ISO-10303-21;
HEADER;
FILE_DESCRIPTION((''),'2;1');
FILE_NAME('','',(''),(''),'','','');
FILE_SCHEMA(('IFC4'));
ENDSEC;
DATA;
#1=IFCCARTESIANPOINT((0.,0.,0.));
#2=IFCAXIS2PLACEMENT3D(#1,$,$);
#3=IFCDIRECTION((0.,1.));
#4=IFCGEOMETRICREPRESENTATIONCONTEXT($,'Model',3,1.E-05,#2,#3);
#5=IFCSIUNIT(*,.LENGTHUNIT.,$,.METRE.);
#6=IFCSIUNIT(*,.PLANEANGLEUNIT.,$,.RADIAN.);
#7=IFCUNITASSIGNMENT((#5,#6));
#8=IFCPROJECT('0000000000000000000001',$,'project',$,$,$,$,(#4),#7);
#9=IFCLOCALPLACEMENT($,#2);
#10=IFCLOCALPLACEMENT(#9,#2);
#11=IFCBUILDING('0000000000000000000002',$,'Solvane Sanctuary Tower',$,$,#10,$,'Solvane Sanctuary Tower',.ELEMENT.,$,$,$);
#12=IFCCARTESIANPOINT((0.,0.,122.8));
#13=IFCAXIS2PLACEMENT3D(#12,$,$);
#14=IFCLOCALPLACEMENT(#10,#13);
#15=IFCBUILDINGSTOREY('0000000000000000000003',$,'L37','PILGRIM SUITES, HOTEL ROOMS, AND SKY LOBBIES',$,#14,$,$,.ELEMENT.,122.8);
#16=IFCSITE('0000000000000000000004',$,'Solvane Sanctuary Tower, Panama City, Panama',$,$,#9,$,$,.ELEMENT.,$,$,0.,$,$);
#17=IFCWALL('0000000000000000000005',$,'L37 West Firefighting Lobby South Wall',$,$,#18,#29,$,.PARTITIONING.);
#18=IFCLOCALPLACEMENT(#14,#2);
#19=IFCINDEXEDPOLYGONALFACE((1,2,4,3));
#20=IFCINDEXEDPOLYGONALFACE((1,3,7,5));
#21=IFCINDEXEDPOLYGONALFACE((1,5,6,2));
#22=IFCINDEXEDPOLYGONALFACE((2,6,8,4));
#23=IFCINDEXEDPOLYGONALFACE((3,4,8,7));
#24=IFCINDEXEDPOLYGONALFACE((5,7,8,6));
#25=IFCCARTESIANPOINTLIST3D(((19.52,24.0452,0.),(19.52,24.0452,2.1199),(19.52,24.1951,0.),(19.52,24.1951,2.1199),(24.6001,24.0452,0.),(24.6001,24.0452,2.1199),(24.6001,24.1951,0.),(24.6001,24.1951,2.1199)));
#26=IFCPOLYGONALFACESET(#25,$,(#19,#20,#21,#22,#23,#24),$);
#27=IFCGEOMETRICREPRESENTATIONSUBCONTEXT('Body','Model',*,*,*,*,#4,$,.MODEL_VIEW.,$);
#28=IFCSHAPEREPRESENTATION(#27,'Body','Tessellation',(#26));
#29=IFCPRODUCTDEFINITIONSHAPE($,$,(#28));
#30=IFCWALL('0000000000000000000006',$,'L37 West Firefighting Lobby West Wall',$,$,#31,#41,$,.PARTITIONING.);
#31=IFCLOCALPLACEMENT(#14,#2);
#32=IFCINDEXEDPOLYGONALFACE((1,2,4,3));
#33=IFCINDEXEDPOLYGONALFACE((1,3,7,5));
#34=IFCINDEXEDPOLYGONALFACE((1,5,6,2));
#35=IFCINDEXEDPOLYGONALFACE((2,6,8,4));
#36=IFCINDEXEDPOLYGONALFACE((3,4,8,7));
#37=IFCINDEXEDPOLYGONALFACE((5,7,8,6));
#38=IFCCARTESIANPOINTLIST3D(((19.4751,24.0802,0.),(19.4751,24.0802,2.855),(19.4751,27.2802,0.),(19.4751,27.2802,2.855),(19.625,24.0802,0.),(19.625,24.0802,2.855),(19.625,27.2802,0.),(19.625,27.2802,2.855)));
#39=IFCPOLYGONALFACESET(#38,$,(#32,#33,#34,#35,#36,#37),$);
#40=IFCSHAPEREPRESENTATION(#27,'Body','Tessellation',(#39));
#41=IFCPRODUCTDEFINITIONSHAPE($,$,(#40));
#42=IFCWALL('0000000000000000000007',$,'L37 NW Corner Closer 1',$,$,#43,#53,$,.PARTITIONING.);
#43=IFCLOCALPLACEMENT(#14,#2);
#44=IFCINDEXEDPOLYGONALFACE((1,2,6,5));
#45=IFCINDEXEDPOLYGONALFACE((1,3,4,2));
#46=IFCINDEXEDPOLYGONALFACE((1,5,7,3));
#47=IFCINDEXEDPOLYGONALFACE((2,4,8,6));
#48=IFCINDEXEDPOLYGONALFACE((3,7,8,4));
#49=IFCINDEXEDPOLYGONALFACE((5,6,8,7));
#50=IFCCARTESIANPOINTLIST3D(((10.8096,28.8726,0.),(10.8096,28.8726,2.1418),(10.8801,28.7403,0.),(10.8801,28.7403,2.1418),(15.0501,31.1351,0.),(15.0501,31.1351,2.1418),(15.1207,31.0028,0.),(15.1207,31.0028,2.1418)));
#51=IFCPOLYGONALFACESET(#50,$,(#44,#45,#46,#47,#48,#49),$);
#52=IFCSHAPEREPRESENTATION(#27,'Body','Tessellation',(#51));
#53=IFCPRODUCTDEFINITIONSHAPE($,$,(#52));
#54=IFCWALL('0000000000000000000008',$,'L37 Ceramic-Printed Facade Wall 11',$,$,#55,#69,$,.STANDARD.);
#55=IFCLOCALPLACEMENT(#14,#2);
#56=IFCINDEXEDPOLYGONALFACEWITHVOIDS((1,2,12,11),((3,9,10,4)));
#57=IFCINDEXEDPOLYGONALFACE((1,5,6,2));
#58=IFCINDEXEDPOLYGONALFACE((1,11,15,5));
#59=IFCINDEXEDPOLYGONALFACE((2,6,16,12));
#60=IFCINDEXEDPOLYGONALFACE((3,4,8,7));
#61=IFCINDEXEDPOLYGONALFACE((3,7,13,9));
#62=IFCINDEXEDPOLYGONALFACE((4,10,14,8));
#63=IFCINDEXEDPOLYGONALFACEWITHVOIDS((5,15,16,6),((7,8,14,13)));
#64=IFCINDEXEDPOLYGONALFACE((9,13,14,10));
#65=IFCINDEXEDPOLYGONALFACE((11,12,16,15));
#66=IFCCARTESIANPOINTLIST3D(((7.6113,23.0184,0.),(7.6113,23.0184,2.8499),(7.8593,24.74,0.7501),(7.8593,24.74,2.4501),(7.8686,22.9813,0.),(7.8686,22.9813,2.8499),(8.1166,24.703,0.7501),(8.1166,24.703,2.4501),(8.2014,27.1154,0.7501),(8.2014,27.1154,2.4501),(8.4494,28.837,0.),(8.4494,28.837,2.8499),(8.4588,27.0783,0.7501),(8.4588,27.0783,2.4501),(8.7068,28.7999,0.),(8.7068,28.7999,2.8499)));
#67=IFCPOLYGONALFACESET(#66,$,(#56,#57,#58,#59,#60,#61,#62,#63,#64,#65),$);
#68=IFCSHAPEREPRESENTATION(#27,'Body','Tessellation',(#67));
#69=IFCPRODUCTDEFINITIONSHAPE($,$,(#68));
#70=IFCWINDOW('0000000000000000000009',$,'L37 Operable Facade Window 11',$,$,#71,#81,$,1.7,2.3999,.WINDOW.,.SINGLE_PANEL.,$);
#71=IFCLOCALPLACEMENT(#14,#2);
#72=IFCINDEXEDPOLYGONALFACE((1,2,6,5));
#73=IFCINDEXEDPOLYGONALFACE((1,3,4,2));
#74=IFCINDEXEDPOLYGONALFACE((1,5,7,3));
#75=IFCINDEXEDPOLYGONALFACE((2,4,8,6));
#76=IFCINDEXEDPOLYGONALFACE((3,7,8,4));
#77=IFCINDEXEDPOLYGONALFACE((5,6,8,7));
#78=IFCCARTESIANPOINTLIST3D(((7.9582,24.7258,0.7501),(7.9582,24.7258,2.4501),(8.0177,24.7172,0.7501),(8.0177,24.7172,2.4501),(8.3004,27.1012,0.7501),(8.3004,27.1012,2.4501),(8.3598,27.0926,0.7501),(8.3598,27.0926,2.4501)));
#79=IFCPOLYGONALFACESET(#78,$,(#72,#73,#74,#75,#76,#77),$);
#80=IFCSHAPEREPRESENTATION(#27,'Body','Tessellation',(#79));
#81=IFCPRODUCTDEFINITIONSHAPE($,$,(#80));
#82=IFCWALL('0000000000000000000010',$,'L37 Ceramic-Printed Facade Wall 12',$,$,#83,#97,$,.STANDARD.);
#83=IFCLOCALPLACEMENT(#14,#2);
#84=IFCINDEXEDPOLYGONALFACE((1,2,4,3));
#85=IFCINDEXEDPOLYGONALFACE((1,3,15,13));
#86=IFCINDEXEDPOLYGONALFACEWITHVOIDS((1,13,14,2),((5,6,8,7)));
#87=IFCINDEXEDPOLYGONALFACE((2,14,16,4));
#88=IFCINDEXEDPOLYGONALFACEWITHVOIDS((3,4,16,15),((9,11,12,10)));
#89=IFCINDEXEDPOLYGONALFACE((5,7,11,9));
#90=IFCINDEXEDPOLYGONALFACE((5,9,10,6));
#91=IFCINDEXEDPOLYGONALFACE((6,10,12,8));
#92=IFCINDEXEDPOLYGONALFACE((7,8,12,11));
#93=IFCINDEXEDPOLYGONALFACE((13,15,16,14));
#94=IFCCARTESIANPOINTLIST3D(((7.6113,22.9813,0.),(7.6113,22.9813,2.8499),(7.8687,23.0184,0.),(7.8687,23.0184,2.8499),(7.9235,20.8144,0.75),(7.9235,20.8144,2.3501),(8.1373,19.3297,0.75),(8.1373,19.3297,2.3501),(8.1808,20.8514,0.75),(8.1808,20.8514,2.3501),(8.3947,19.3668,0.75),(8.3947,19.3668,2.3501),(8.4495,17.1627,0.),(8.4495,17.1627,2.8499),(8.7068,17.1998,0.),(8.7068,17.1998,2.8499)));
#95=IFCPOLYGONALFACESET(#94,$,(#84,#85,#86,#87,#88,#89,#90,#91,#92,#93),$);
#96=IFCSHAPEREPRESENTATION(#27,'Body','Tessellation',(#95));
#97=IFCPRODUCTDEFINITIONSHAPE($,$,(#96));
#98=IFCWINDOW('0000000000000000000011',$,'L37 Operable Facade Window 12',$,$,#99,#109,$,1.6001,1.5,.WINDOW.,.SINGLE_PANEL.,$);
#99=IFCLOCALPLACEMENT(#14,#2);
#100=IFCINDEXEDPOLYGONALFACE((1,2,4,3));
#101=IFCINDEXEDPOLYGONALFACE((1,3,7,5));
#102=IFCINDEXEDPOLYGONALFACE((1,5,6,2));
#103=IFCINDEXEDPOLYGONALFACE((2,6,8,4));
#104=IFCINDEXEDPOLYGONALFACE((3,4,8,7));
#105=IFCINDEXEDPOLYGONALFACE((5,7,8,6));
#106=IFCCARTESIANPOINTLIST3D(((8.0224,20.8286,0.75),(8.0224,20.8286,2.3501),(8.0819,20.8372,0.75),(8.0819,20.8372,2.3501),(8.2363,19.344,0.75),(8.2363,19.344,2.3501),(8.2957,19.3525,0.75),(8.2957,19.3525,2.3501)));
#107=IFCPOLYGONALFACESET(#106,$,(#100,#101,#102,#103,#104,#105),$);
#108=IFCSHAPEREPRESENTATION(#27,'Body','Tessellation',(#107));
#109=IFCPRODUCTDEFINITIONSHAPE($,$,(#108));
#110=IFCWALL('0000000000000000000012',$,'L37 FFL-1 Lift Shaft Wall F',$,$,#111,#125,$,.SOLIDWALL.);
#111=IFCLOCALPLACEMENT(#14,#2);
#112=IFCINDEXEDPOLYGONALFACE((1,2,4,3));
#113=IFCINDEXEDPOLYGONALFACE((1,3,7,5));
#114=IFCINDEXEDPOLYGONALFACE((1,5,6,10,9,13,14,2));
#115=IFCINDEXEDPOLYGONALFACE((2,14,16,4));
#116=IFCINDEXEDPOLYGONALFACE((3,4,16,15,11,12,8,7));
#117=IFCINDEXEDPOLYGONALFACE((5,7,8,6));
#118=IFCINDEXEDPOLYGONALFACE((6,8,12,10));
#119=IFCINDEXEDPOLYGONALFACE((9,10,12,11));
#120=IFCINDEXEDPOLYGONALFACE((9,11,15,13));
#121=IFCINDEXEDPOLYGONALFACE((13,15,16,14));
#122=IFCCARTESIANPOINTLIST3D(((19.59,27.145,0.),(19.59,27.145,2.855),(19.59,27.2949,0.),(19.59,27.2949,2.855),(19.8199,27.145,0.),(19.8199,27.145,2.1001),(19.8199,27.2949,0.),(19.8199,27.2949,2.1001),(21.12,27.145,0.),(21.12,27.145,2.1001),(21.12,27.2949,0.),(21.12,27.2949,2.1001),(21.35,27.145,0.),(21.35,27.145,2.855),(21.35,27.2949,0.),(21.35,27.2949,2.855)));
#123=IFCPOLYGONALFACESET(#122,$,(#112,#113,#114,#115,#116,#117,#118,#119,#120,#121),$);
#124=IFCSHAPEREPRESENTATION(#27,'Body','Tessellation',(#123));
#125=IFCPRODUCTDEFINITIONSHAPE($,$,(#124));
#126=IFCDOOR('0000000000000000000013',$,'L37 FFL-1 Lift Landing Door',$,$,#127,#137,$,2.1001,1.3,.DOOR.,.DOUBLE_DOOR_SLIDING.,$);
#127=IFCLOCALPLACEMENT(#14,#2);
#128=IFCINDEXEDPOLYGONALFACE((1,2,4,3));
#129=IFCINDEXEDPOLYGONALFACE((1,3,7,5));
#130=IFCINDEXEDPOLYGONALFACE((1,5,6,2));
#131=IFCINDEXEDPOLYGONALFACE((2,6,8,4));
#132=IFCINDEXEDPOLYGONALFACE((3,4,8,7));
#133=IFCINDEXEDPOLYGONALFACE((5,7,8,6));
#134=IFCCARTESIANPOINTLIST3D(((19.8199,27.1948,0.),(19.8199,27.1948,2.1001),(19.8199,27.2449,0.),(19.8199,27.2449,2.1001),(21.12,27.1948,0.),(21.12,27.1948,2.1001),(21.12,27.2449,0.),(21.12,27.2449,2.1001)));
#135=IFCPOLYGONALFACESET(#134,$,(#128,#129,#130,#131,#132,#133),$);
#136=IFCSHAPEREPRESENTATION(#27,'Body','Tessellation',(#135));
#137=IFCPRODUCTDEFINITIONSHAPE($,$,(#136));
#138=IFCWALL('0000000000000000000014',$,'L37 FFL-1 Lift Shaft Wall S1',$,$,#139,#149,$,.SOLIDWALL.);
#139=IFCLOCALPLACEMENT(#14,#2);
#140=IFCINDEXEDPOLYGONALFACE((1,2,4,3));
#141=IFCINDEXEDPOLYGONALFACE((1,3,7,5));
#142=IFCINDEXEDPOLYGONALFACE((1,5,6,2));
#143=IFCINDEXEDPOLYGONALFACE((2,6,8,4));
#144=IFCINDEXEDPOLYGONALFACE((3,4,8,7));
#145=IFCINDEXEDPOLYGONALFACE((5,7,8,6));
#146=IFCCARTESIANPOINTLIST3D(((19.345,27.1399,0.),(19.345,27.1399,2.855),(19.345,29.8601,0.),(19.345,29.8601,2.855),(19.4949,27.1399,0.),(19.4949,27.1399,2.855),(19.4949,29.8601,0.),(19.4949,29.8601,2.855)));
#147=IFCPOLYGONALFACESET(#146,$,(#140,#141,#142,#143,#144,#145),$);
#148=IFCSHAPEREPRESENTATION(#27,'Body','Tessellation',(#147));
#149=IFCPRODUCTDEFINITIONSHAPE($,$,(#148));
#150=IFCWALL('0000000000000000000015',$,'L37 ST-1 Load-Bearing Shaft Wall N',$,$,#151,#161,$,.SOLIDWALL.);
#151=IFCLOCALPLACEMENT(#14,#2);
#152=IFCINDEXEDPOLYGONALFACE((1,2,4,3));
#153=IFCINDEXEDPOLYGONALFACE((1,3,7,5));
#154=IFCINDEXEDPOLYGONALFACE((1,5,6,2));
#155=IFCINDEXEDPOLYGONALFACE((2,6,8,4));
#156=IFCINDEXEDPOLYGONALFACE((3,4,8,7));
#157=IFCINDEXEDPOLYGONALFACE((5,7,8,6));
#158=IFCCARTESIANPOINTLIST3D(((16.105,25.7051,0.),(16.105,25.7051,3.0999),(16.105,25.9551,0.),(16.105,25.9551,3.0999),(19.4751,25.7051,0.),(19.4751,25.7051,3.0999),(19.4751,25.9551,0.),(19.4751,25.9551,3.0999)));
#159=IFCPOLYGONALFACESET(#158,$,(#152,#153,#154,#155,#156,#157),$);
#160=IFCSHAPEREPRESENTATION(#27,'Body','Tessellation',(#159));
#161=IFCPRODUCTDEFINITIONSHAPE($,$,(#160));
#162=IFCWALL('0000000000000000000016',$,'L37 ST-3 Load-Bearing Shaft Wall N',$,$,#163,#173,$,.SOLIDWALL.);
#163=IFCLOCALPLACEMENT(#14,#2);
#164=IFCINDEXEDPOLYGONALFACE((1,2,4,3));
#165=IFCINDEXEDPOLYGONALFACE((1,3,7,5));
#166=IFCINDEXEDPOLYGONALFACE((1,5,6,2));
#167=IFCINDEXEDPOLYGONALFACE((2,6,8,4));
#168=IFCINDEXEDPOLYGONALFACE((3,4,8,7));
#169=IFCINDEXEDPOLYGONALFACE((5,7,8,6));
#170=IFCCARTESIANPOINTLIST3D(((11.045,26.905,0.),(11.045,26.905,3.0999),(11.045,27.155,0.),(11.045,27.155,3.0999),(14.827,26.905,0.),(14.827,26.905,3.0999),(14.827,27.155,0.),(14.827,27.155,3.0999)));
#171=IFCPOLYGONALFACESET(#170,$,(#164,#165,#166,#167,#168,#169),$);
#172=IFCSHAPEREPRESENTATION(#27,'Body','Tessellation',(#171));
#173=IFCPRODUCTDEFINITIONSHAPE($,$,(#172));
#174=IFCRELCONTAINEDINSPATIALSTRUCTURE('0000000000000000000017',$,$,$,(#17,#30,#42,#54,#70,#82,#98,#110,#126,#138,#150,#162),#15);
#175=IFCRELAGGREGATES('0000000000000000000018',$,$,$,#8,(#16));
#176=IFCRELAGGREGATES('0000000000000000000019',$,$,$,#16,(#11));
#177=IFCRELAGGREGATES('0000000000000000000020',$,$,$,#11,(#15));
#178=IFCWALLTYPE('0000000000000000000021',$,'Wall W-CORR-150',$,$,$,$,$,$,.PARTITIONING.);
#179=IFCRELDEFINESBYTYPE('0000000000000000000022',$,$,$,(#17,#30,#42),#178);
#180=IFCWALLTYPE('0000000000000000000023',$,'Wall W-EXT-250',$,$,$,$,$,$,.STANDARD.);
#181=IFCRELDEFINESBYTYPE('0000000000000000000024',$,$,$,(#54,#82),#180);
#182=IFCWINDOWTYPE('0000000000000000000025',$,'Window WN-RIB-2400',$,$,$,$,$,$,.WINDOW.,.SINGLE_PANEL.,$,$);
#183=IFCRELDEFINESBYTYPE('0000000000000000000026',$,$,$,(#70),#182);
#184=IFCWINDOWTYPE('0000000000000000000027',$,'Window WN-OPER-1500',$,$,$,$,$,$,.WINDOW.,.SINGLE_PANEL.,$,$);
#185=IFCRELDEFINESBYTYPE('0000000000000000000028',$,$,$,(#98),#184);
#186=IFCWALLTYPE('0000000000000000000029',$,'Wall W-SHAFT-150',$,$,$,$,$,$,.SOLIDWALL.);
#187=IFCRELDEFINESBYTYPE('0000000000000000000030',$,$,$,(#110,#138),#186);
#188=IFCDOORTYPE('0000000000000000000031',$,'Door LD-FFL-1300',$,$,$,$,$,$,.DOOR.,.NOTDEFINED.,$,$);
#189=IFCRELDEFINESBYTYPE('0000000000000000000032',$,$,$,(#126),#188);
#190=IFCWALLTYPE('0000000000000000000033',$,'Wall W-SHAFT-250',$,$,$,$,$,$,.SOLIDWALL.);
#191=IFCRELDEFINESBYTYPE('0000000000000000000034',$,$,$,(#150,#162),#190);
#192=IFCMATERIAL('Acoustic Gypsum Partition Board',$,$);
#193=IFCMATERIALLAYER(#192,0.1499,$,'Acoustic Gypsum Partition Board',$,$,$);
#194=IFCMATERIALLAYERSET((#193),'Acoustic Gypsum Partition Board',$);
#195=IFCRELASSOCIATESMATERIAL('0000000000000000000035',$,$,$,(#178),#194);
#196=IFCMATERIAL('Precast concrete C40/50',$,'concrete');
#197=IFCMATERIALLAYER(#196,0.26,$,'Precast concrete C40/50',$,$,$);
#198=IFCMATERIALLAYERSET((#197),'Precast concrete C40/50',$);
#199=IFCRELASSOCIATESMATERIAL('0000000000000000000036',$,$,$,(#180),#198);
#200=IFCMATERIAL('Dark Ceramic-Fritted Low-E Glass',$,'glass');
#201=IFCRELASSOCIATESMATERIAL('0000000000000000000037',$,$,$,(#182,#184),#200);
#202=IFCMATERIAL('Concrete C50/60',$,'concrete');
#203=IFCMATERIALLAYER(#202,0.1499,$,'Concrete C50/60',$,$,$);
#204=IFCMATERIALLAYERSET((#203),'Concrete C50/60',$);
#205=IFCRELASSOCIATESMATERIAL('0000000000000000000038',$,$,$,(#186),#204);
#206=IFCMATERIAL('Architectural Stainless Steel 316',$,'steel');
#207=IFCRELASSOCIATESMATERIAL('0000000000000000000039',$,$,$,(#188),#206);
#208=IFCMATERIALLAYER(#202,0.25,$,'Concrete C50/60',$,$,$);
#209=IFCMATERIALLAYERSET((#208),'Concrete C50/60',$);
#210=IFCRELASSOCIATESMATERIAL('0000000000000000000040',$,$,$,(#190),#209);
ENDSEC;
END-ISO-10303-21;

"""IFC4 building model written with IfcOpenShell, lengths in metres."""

from ifc_helpers import new_model, si_unit, direction, frame, frame_2d, origin, place, context, subcontext, project, spatial, rectangle, extrude, material, layer, layer_set, type_object, element, fill, save


model = new_model("IFC4")

# Units and contexts
model_context = context("Model", 3, precision=1e-05, world=origin(), true_north=direction((0.0, 1.0)))
body_context = subcontext(model_context, "Body", "Model", "MODEL_VIEW")
ifc_project = project(units=[si_unit("LENGTHUNIT", "METRE"), si_unit("PLANEANGLEUNIT", "RADIAN")], contexts=[model_context])

# Site, building, storey
site_placement = place(None, origin())
site = spatial("IfcSite", under=ifc_project, at=site_placement, Name="Solvane Sanctuary Tower, Panama City, Panama", CompositionType="ELEMENT", RefElevation=0.0)
building_placement = place(site_placement, origin())
building = spatial("IfcBuilding", under=site, at=building_placement, Name="Solvane Sanctuary Tower", LongName="Solvane Sanctuary Tower", CompositionType="ELEMENT")
storey_placement = place(building_placement, frame((0.0, 0.0, 122.8)))
storey = spatial("IfcBuildingStorey", under=building, at=storey_placement, Name="L37", Description="PILGRIM SUITES, HOTEL ROOMS, AND SKY LOBBIES", CompositionType="ELEMENT", Elevation=122.8)

# Walls
ifc_material_1 = material(Name="Acoustic Gypsum Partition Board")
ifc_layer_1 = layer(ifc_material_1, 0.1499, Name="Acoustic Gypsum Partition Board")
ifc_layer_set_1 = layer_set([ifc_layer_1], Name="Acoustic Gypsum Partition Board")
wall_type_1 = type_object("IfcWallType", Name="Wall W-CORR-150", PredefinedType="PARTITIONING", material=ifc_layer_set_1)
wall_1_placement = place(storey_placement, frame((19.52, 24.1201, 0.0), z_axis=(0.0, 0.0, 1.0), x_axis=(1.0, 0.0, 0.0)))
element("IfcWall", 1, at=wall_1_placement, inside=storey, type_object=wall_type_1, Name="L37 West Firefighting Lobby South Wall", PredefinedType="PARTITIONING", context=body_context, shape_type="SweptSolid", body=[
    extrude(rectangle(XDim=5.0801, YDim=0.1499, at=frame_2d((2.54, 0.0))), origin(), (0.0, 0.0, 1.0), 2.1199),
])
wall_2_placement = place(storey_placement, frame((19.55, 24.0801, 0.0), z_axis=(0.0, 0.0, 1.0), x_axis=(0.0, 1.0, 0.0)))
element("IfcWall", 2, at=wall_2_placement, inside=storey, type_object=wall_type_1, Name="L37 West Firefighting Lobby West Wall", PredefinedType="PARTITIONING", context=body_context, shape_type="SweptSolid", body=[
    extrude(rectangle(XDim=3.2, YDim=0.1499, at=frame_2d((1.6001, 0.0))), origin(), (0.0, 0.0, 1.0), 2.855),
])
wall_3_placement = place(storey_placement, frame((10.8447, 28.8064, 0.0), z_axis=(0.0, 0.0, 1.0), x_axis=(0.882278, 0.470728, 0.0)))
element("IfcWall", 3, at=wall_3_placement, inside=storey, type_object=wall_type_1, Name="L37 NW Corner Closer 1", PredefinedType="PARTITIONING", context=body_context, shape_type="SweptSolid", body=[
    extrude(rectangle(XDim=4.8064, YDim=0.1499, at=frame_2d((2.4033, 0.0))), origin(), (0.0, 0.0, 1.0), 2.1418),
])

# Walls, openings, windows
ifc_material_2 = material(Name="Precast concrete C40/50", Category="concrete")
ifc_layer_2 = layer(ifc_material_2, 0.26, Name="Precast concrete C40/50")
ifc_layer_set_2 = layer_set([ifc_layer_2], Name="Precast concrete C40/50")
wall_type_2 = type_object("IfcWallType", Name="Wall W-EXT-250", PredefinedType="STANDARD", material=ifc_layer_set_2)
wall_4_placement = place(storey_placement, frame((8.5781, 28.8186, 0.0), z_axis=(0.0, 0.0, 1.0), x_axis=(-0.142572, -0.989784, 0.0)))
wall_4 = element("IfcWall", 4, at=wall_4_placement, inside=storey, type_object=wall_type_2, Name="L37 Ceramic-Printed Facade Wall 11", PredefinedType="STANDARD", context=body_context, shape_type="SweptSolid", body=[
    extrude(rectangle(XDim=5.8787, YDim=0.26, at=frame_2d((2.9395, 0.0))), origin(), (0.0, 0.0, 1.0), 2.8499),
])
opening_1_placement = place(wall_4_placement, frame((1.7395, 0.0, 0.75)))
opening_1 = element("IfcOpeningElement", 5, at=opening_1_placement, cuts=wall_4, PredefinedType="OPENING", context=body_context, shape_type="SweptSolid", body=[
    extrude(rectangle(XDim=2.3999, YDim=1.7, at=frame_2d((1.2, 0.8501))), frame((0.0, 0.1399, 0.0), z_axis=(0.0, -1.0, 0.0), x_axis=(1.0, 0.0, 0.0)), (0.0, 0.0, 1.0), 0.28),
])
ifc_material_3 = material(Name="Dark Ceramic-Fritted Low-E Glass", Category="glass")
window_type_1 = type_object("IfcWindowType", Name="Window WN-RIB-2400", PartitioningType="SINGLE_PANEL", PredefinedType="WINDOW", material=ifc_material_3)
window_1_placement = place(opening_1_placement, origin())
window_1 = element("IfcWindow", 6, at=window_1_placement, inside=storey, type_object=window_type_1, Name="L37 Operable Facade Window 11", OverallHeight=1.7, OverallWidth=2.3999, PartitioningType="SINGLE_PANEL", PredefinedType="WINDOW", context=body_context, shape_type="SweptSolid", body=[
    extrude(rectangle(XDim=2.3999, YDim=1.7, at=frame_2d((1.2, 0.8501))), frame((0.0, 0.03, 0.0), z_axis=(0.0, -1.0, 0.0), x_axis=(1.0, 0.0, 0.0)), (0.0, 0.0, 1.0), 0.0601),
])
fill(opening_1, window_1)
wall_5_placement = place(storey_placement, frame((7.74, 23.0, 0.0), z_axis=(0.0, 0.0, 1.0), x_axis=(0.142572, -0.989784, 0.0)))
wall_5 = element("IfcWall", 7, at=wall_5_placement, inside=storey, type_object=wall_type_2, Name="L37 Ceramic-Printed Facade Wall 12", PredefinedType="STANDARD", context=body_context, shape_type="SweptSolid", body=[
    extrude(rectangle(XDim=5.8787, YDim=0.26, at=frame_2d((2.9395, 0.0))), origin(), (0.0, 0.0, 1.0), 2.8499),
])
opening_2_placement = place(wall_5_placement, frame((2.1895, 0.0, 0.75)))
opening_2 = element("IfcOpeningElement", 8, at=opening_2_placement, cuts=wall_5, PredefinedType="OPENING", context=body_context, shape_type="SweptSolid", body=[
    extrude(rectangle(XDim=1.5, YDim=1.6001, at=frame_2d((0.75, 0.8))), frame((0.0, 0.1399, 0.0), z_axis=(0.0, -1.0, 0.0), x_axis=(1.0, 0.0, 0.0)), (0.0, 0.0, 1.0), 0.28),
])
window_type_2 = type_object("IfcWindowType", Name="Window WN-OPER-1500", PartitioningType="SINGLE_PANEL", PredefinedType="WINDOW", material=ifc_material_3)
window_2_placement = place(opening_2_placement, origin())
window_2 = element("IfcWindow", 9, at=window_2_placement, inside=storey, type_object=window_type_2, Name="L37 Operable Facade Window 12", OverallHeight=1.6001, OverallWidth=1.5, PartitioningType="SINGLE_PANEL", PredefinedType="WINDOW", context=body_context, shape_type="SweptSolid", body=[
    extrude(rectangle(XDim=1.5, YDim=1.6001, at=frame_2d((0.75, 0.8))), frame((0.0, 0.03, 0.0), z_axis=(0.0, -1.0, 0.0), x_axis=(1.0, 0.0, 0.0)), (0.0, 0.0, 1.0), 0.0601),
])
fill(opening_2, window_2)

# Wall, opening, door
ifc_material_4 = material(Name="Concrete C50/60", Category="concrete")
ifc_layer_3 = layer(ifc_material_4, 0.1499, Name="Concrete C50/60")
ifc_layer_set_3 = layer_set([ifc_layer_3], Name="Concrete C50/60")
wall_type_3 = type_object("IfcWallType", Name="Wall W-SHAFT-150", PredefinedType="SOLIDWALL", material=ifc_layer_set_3)
wall_6_placement = place(storey_placement, frame((19.5901, 27.22, 0.0), z_axis=(0.0, 0.0, 1.0), x_axis=(1.0, 0.0, 0.0)))
wall_6 = element("IfcWall", 10, at=wall_6_placement, inside=storey, type_object=wall_type_3, Name="L37 FFL-1 Lift Shaft Wall F", PredefinedType="SOLIDWALL", context=body_context, shape_type="SweptSolid", body=[
    extrude(rectangle(XDim=1.76, YDim=0.1499, at=frame_2d((0.8799, 0.0))), origin(), (0.0, 0.0, 1.0), 2.855),
])
opening_3_placement = place(wall_6_placement, frame((0.23, 0.0, 0.0)))
opening_3 = element("IfcOpeningElement", 11, at=opening_3_placement, cuts=wall_6, PredefinedType="OPENING", context=body_context, shape_type="SweptSolid", body=[
    extrude(rectangle(XDim=1.3, YDim=2.1001, at=frame_2d((0.6499, 1.05))), frame((0.0, 0.085, 0.0), z_axis=(0.0, -1.0, 0.0), x_axis=(1.0, 0.0, 0.0)), (0.0, 0.0, 1.0), 0.1699),
])
ifc_material_5 = material(Name="Architectural Stainless Steel 316", Category="steel")
door_type = type_object("IfcDoorType", Name="Door LD-FFL-1300", OperationType="NOTDEFINED", PredefinedType="DOOR", material=ifc_material_5)
door_placement = place(opening_3_placement, origin())
door = element("IfcDoor", 12, at=door_placement, inside=storey, type_object=door_type, Name="L37 FFL-1 Lift Landing Door", OperationType="DOUBLE_DOOR_SLIDING", OverallHeight=2.1001, OverallWidth=1.3, PredefinedType="DOOR", context=body_context, shape_type="SweptSolid", body=[
    extrude(rectangle(XDim=1.3, YDim=2.1001, at=frame_2d((0.6499, 1.05))), frame((0.0, 0.0249, 0.0), z_axis=(0.0, -1.0, 0.0), x_axis=(1.0, 0.0, 0.0)), (0.0, 0.0, 1.0), 0.05),
])
fill(opening_3, door)

# Walls
wall_7_placement = place(storey_placement, frame((19.4199, 27.1399, 0.0), z_axis=(0.0, 0.0, 1.0), x_axis=(0.0, 1.0, 0.0)))
element("IfcWall", 13, at=wall_7_placement, inside=storey, type_object=wall_type_3, Name="L37 FFL-1 Lift Shaft Wall S1", PredefinedType="SOLIDWALL", context=body_context, shape_type="SweptSolid", body=[
    extrude(rectangle(XDim=2.7202, YDim=0.1499, at=frame_2d((1.3601, 0.0))), origin(), (0.0, 0.0, 1.0), 2.855),
])
ifc_layer_4 = layer(ifc_material_4, 0.25, Name="Concrete C50/60")
ifc_layer_set_4 = layer_set([ifc_layer_4], Name="Concrete C50/60")
wall_type_4 = type_object("IfcWallType", Name="Wall W-SHAFT-250", PredefinedType="SOLIDWALL", material=ifc_layer_set_4)
wall_8_placement = place(storey_placement, frame((16.105, 25.8301, 0.0), z_axis=(0.0, 0.0, 1.0), x_axis=(1.0, 0.0, 0.0)))
element("IfcWall", 14, at=wall_8_placement, inside=storey, type_object=wall_type_4, Name="L37 ST-1 Load-Bearing Shaft Wall N", PredefinedType="SOLIDWALL", context=body_context, shape_type="SweptSolid", body=[
    extrude(rectangle(XDim=3.3701, YDim=0.25, at=frame_2d((1.6851, 0.0))), origin(), (0.0, 0.0, 1.0), 3.0999),
])
wall_9_placement = place(storey_placement, frame((11.0449, 27.03, 0.0), z_axis=(0.0, 0.0, 1.0), x_axis=(1.0, 0.0, 0.0)))
element("IfcWall", 15, at=wall_9_placement, inside=storey, type_object=wall_type_4, Name="L37 ST-3 Load-Bearing Shaft Wall N", PredefinedType="SOLIDWALL", context=body_context, shape_type="SweptSolid", body=[
    extrude(rectangle(XDim=3.782, YDim=0.25, at=frame_2d((1.8911, 0.0))), origin(), (0.0, 0.0, 1.0), 3.0999),
])

save(model, "model.ifc")
